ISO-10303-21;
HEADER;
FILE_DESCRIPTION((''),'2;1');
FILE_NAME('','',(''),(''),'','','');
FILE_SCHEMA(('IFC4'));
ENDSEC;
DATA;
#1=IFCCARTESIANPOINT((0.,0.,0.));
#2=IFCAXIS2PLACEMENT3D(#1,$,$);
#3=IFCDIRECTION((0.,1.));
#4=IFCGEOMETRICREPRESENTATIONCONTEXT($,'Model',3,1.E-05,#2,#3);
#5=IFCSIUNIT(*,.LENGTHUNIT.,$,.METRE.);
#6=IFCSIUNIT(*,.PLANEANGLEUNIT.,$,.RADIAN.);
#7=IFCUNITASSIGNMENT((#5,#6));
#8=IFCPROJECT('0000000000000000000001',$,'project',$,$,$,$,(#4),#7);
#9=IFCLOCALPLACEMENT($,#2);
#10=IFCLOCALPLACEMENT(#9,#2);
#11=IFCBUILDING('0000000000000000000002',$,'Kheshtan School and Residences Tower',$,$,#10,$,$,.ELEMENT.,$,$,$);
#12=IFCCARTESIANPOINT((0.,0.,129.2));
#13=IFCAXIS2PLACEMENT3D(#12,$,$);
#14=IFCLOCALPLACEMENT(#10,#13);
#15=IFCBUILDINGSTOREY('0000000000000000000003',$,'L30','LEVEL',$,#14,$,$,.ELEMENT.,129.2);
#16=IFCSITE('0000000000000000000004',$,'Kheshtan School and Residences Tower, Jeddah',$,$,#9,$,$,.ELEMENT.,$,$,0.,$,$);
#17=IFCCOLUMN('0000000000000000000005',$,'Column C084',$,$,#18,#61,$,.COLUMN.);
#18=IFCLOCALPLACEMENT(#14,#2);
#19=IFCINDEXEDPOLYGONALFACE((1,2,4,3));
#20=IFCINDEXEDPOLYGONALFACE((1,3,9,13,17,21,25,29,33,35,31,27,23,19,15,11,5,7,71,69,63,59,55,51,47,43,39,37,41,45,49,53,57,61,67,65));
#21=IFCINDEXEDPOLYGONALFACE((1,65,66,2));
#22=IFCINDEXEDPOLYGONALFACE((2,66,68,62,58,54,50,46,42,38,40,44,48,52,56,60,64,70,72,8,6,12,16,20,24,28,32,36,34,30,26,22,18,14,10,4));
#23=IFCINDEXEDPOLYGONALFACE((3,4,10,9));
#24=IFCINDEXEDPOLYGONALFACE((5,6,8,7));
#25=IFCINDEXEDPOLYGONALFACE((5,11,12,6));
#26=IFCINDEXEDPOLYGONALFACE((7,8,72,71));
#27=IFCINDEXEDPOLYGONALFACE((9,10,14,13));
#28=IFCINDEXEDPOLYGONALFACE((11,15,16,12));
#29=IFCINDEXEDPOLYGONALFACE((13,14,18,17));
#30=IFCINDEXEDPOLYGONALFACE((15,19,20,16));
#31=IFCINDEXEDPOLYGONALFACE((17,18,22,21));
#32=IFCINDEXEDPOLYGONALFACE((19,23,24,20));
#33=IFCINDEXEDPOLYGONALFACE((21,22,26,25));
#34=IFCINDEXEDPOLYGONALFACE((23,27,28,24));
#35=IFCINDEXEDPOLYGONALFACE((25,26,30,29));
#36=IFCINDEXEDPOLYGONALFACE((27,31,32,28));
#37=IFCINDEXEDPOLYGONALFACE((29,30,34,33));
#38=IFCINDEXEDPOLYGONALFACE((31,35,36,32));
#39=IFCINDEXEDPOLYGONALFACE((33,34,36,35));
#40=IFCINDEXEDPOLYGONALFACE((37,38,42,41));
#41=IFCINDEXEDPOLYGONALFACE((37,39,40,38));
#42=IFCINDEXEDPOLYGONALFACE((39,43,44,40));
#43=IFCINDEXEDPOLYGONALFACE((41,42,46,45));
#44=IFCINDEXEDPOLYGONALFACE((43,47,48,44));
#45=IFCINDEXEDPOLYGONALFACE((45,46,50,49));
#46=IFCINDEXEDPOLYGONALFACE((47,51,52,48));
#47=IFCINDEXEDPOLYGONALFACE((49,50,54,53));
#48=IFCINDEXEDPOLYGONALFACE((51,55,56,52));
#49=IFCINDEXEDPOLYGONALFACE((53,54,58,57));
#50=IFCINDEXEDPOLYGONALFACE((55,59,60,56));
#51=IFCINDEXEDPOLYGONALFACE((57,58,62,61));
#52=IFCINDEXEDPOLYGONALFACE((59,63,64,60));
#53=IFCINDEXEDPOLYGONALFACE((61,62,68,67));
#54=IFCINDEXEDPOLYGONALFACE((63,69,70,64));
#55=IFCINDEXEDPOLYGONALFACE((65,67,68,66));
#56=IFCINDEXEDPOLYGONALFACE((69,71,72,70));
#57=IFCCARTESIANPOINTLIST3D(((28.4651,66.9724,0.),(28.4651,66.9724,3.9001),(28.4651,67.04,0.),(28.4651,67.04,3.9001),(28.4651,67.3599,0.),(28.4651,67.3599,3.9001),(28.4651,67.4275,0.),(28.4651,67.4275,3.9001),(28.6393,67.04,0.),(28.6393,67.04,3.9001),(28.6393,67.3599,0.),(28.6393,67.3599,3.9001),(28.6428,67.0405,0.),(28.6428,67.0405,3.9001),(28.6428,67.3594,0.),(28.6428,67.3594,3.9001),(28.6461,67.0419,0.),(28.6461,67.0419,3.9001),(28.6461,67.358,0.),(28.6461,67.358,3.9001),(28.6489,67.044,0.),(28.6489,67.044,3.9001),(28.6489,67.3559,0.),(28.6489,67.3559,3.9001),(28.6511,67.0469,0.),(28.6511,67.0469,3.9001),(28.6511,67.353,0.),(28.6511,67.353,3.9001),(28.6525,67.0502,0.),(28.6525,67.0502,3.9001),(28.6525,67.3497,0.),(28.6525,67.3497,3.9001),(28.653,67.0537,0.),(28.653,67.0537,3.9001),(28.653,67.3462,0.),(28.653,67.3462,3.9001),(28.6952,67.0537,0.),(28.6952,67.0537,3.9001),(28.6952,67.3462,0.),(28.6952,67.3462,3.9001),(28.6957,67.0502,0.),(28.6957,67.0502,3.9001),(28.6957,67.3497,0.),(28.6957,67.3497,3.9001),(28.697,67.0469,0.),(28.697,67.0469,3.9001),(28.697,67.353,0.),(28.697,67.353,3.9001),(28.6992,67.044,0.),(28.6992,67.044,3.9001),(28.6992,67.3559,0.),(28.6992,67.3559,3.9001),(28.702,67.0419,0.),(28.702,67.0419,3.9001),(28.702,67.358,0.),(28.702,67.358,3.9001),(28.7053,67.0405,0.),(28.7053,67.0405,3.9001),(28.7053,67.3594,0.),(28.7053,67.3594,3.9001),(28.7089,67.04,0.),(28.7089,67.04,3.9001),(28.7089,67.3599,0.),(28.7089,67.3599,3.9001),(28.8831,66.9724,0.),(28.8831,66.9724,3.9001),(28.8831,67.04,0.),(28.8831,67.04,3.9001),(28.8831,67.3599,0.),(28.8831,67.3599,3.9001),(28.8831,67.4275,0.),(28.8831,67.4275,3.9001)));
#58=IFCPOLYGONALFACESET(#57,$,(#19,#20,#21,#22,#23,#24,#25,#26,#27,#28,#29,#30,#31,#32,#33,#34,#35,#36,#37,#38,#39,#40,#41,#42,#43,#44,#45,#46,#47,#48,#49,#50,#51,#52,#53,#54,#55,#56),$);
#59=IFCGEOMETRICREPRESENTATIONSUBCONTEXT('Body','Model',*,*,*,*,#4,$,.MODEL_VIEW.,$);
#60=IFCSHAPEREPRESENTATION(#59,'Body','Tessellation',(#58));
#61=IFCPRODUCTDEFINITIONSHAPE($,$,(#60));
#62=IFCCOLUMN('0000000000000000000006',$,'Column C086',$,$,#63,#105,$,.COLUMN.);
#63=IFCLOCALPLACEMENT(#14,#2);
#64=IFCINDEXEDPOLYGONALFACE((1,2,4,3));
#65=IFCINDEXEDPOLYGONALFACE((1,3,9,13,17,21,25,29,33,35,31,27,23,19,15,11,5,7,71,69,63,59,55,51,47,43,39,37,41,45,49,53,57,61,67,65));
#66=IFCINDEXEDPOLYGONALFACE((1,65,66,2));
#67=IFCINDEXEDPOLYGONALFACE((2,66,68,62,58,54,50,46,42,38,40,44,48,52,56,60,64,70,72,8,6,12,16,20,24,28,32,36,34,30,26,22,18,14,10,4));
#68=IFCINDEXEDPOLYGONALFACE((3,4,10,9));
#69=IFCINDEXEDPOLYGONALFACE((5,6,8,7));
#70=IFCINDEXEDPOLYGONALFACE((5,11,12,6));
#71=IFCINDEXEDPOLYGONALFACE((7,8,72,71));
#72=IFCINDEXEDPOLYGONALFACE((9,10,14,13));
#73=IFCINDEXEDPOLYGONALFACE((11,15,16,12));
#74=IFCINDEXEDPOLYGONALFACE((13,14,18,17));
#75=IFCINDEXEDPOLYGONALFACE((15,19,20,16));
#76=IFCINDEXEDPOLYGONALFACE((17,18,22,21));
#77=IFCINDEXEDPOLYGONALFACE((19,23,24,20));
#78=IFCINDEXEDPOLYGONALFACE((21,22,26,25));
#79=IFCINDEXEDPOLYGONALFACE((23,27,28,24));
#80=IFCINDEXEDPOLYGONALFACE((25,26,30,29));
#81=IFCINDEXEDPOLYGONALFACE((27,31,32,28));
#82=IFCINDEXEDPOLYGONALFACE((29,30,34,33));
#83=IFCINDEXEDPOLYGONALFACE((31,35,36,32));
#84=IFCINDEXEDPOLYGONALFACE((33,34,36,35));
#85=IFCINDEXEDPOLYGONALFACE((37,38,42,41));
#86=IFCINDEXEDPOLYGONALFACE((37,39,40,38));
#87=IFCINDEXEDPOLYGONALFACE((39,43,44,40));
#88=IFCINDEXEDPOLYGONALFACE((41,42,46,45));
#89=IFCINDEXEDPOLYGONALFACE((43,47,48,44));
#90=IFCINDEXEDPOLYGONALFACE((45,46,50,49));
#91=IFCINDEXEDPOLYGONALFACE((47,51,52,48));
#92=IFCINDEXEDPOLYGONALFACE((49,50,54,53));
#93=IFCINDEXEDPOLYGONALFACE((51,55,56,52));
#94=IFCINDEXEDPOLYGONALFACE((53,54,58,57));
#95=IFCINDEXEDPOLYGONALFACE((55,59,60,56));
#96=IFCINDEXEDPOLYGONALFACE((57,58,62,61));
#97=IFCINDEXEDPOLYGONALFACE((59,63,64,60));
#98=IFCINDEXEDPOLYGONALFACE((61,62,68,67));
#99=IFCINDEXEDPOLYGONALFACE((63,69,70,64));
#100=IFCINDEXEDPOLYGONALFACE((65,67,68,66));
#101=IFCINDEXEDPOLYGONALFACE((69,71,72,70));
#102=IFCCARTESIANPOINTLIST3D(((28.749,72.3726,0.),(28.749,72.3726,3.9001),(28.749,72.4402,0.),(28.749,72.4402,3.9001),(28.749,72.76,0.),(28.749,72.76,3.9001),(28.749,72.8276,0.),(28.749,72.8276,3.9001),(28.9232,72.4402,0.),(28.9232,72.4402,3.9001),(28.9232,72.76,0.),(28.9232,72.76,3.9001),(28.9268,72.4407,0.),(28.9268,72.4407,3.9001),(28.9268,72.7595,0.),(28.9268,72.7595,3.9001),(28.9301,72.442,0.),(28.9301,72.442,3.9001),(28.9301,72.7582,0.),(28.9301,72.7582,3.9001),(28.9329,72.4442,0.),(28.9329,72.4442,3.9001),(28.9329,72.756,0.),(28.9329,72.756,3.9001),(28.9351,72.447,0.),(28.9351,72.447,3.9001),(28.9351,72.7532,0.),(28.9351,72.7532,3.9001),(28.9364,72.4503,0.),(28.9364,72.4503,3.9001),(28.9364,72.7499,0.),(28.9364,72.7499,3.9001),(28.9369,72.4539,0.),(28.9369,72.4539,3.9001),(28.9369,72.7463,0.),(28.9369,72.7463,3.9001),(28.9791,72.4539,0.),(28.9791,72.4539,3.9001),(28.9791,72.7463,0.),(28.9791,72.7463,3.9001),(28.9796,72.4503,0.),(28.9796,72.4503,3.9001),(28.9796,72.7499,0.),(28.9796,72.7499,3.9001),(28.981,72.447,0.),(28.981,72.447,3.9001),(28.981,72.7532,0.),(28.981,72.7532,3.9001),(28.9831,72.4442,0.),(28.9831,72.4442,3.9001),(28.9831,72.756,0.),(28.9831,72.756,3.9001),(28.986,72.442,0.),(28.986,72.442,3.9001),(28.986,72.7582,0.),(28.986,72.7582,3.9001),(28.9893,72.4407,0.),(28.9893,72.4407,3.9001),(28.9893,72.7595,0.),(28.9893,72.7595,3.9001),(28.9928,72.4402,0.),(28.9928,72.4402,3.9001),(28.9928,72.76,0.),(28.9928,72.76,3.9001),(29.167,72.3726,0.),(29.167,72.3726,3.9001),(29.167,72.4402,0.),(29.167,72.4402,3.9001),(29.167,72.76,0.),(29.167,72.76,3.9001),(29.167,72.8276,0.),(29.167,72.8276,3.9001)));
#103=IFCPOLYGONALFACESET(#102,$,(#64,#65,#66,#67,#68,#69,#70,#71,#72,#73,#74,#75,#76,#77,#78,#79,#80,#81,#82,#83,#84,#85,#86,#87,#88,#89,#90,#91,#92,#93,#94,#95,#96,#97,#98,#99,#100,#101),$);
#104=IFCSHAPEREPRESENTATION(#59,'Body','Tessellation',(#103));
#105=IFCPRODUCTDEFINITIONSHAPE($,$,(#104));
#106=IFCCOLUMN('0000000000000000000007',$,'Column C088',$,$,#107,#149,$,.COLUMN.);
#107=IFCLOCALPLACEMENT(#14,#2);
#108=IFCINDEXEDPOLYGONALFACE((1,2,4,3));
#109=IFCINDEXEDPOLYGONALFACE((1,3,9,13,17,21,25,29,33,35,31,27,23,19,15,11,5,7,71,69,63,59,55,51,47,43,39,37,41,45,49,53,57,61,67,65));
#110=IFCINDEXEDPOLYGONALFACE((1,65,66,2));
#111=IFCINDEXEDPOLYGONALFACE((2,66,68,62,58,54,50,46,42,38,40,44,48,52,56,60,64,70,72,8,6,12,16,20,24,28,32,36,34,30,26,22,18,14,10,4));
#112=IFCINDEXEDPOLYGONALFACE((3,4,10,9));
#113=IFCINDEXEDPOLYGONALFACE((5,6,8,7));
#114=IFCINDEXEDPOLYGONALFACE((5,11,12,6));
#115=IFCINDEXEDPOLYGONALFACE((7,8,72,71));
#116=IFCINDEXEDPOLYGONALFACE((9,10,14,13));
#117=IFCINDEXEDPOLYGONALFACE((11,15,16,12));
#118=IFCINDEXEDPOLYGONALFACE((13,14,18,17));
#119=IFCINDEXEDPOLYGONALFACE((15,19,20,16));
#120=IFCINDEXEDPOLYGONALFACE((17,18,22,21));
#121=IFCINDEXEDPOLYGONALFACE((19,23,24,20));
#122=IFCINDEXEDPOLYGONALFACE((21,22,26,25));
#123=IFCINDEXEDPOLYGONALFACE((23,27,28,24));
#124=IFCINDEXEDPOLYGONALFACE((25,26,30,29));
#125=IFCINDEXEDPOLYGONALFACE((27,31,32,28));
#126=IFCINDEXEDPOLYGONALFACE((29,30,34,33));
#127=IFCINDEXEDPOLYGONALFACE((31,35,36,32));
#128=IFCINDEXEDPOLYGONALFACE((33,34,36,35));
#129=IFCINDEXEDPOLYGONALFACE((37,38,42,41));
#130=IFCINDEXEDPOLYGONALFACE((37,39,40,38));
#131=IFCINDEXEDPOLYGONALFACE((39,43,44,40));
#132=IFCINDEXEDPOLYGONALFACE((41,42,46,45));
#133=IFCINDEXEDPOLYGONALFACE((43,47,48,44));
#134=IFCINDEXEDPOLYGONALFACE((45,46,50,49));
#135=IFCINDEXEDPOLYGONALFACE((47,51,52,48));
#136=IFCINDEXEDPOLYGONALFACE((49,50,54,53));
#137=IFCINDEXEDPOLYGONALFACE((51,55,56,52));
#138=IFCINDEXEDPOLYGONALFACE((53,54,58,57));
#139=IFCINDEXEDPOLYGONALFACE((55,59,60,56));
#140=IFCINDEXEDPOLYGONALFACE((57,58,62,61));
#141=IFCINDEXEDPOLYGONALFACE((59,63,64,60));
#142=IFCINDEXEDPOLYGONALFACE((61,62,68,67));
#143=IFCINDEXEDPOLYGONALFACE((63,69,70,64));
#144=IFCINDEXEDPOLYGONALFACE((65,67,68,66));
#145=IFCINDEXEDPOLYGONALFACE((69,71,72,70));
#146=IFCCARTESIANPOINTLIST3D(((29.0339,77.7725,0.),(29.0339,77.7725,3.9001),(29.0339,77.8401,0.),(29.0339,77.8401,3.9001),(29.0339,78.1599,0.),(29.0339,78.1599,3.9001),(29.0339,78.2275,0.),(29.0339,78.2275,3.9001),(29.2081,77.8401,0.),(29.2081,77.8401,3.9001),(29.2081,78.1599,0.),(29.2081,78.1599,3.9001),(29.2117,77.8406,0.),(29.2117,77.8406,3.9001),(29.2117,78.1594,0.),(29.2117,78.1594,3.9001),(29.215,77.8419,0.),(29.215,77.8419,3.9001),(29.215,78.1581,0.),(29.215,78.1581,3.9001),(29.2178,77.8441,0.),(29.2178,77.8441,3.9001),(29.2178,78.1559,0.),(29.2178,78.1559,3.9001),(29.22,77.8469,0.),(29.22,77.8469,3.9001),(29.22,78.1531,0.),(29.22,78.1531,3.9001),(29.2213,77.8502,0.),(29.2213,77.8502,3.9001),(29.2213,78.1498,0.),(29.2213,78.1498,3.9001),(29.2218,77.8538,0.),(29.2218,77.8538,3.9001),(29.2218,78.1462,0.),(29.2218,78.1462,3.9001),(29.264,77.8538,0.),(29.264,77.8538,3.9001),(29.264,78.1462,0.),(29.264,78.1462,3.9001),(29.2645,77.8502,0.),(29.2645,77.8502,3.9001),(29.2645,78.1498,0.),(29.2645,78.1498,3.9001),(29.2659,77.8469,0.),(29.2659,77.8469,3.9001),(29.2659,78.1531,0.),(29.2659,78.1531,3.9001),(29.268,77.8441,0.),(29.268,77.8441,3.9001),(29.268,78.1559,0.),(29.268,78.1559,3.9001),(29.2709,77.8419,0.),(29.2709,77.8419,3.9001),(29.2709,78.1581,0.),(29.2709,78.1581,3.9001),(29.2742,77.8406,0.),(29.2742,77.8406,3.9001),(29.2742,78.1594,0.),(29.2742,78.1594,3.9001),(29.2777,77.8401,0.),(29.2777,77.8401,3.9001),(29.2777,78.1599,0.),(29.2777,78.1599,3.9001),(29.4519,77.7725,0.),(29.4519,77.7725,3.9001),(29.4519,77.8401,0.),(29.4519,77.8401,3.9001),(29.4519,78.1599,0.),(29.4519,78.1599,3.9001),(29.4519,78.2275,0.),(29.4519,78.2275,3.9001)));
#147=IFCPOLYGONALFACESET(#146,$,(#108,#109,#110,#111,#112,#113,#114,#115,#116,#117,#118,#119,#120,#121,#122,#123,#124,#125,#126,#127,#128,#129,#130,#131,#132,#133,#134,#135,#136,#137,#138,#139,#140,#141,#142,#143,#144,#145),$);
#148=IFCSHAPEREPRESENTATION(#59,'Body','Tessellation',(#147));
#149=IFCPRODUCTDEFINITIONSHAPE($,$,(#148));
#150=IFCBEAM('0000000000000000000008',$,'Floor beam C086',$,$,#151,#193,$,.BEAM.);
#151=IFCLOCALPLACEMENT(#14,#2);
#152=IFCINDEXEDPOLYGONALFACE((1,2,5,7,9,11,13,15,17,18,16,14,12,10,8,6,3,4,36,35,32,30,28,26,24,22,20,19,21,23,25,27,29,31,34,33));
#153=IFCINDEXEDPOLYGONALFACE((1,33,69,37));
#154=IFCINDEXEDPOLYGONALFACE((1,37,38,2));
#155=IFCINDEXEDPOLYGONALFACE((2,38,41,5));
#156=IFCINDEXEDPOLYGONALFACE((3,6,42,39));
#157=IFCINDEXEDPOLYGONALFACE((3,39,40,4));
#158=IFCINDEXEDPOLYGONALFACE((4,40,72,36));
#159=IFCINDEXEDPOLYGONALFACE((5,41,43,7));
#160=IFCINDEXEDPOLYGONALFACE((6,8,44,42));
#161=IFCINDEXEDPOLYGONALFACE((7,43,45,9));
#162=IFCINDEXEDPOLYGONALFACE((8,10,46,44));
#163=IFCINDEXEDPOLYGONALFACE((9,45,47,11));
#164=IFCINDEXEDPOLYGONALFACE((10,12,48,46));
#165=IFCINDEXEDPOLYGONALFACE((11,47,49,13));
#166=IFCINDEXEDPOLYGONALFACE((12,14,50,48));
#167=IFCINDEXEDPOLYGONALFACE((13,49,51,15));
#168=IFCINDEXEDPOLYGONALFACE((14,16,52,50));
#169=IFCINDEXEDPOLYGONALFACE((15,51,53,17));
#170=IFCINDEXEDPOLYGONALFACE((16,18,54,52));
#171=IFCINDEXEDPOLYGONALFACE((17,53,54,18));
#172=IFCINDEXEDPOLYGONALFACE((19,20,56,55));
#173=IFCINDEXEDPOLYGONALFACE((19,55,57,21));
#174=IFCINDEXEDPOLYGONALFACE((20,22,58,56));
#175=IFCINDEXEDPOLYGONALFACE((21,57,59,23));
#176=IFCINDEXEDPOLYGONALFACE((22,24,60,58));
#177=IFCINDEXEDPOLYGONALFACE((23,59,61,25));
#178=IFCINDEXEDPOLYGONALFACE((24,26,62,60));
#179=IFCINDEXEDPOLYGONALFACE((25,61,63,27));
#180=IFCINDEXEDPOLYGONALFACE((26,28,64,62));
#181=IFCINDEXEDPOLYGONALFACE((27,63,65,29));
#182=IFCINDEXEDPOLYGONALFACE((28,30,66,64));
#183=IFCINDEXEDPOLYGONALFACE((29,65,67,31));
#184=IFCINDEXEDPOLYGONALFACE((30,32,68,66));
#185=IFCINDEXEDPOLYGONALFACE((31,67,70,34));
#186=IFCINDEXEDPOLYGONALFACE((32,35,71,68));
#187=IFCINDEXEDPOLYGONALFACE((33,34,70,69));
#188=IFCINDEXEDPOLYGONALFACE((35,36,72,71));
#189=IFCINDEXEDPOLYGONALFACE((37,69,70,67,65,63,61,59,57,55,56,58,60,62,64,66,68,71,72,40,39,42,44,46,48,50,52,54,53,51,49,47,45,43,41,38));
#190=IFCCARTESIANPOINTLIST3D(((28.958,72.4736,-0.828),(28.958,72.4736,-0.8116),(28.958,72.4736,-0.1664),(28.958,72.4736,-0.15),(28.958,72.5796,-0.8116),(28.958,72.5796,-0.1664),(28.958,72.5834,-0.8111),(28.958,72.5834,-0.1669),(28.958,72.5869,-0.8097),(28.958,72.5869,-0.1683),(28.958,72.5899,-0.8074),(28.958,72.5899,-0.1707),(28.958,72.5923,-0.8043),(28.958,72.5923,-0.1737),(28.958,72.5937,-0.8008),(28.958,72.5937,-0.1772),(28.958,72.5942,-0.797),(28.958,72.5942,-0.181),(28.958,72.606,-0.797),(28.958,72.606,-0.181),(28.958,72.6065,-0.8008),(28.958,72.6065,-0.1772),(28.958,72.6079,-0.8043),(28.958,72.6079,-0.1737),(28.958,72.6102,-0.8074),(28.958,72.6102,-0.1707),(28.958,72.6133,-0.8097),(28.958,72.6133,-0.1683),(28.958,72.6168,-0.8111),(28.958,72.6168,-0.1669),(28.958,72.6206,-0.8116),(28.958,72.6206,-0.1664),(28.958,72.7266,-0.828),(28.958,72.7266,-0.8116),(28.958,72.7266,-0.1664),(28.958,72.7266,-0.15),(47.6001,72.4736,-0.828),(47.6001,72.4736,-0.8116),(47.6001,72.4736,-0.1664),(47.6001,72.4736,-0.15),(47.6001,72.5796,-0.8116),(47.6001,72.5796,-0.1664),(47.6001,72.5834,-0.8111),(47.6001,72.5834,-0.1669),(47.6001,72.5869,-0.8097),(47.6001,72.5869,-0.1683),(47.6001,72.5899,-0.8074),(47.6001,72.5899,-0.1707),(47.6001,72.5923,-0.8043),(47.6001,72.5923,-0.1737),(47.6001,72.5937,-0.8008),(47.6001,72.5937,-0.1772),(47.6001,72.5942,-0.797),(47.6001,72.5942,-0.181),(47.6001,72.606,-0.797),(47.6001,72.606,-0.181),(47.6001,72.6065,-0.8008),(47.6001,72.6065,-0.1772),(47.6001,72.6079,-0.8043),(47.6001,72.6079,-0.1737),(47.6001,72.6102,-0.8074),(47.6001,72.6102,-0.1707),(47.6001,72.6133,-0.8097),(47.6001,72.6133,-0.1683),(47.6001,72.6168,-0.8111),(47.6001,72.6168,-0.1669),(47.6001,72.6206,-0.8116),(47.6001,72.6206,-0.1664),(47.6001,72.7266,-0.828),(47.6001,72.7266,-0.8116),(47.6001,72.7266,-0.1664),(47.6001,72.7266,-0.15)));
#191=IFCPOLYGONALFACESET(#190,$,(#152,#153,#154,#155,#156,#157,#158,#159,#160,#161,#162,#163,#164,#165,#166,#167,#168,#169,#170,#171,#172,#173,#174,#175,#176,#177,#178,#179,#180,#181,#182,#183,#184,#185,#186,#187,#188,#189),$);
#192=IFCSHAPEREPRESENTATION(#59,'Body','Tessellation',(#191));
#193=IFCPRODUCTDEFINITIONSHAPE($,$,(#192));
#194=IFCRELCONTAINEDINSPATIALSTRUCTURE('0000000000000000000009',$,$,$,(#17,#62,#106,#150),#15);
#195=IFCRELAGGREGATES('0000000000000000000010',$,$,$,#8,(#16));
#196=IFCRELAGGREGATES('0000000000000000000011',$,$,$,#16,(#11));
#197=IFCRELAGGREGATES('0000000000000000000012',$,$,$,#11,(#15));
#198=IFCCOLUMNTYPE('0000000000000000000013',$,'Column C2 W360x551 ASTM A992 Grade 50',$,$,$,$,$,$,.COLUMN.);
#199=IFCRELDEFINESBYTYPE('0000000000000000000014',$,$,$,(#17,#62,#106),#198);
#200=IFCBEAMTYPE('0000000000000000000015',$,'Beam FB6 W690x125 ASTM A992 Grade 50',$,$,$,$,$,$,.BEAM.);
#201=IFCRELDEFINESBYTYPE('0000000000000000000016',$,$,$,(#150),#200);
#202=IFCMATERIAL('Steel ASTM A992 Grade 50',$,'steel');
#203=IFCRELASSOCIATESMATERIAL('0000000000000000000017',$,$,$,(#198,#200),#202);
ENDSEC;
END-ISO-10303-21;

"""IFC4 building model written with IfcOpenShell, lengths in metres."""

from ifc_helpers import new_model, si_unit, direction, frame, origin, origin_2d, place, context, subcontext, project, spatial, i_section, extrude, material, material_profile, profile_set, type_object, element, save


model = new_model("IFC4")

# Units and contexts
model_context = context("Model", 3, precision=1e-05, world=origin(), true_north=direction((0.0, 1.0)))
body_context = subcontext(model_context, "Body", "Model", "MODEL_VIEW")
ifc_project = project(units=[si_unit("LENGTHUNIT", "METRE"), si_unit("PLANEANGLEUNIT", "RADIAN")], contexts=[model_context])

# Site, building, storey
site_placement = place(None, origin())
site = spatial("IfcSite", under=ifc_project, at=site_placement, Name="Kheshtan School and Residences Tower, Jeddah", CompositionType="ELEMENT", RefElevation=0.0)
building_placement = place(site_placement, origin())
building = spatial("IfcBuilding", under=site, at=building_placement, Name="Kheshtan School and Residences Tower", CompositionType="ELEMENT")
storey_placement = place(building_placement, frame((0.0, 0.0, 129.2)))
storey = spatial("IfcBuildingStorey", under=building, at=storey_placement, Name="L30", Description="LEVEL", CompositionType="ELEMENT", Elevation=129.2)

# Columns
ifc_material_1 = material(Name="Steel ASTM A992 Grade 50", Category="steel")
ifc_material_profile_1 = material_profile(ifc_material_1, i_section(OverallWidth=0.418, OverallDepth=0.4551, WebThickness=0.0422, FlangeThickness=0.0676, FilletRadius=0.0137, at=origin_2d()), Name="W360x551")
ifc_profile_set_1 = profile_set([ifc_material_profile_1], Name="Steel ASTM A992 Grade 50")
column_type = type_object("IfcColumnType", Name="Column C2 W360x551 ASTM A992 Grade 50", PredefinedType="COLUMN", material=ifc_profile_set_1)
for number, where, z_axis, x_axis, name in (
    (1, (28.6741, 67.2, 0.0), (0.0, 0.0, 1.0), (1.0, 0.0, 0.0), "Column C084"),
    (2, (28.958, 72.6001, 0.0), (0.0, 0.0, 1.0), (1.0, 0.0, 0.0), "Column C086"),
    (3, (29.2429, 78.0, 0.0), (0.0, 0.0, 1.0), (1.0, 0.0, 0.0), "Column C088"),
):
    element("IfcColumn", number, at=place(storey_placement, frame(where, z_axis=z_axis, x_axis=x_axis)), inside=storey, type_object=column_type, Name=name, PredefinedType="COLUMN", context=body_context, shape_type="SweptSolid", body=[
        extrude(i_section(OverallWidth=0.418, OverallDepth=0.4551, WebThickness=0.0422, FlangeThickness=0.0676, FilletRadius=0.0137, at=origin_2d()), origin(), (0.0, 0.0, 1.0), 3.9001),
    ])

# Beam
ifc_material_profile_2 = material_profile(ifc_material_1, i_section(OverallWidth=0.2529, OverallDepth=0.678, WebThickness=0.0117, FlangeThickness=0.0164, FilletRadius=0.0146, at=origin_2d()), Name="W690x125")
ifc_profile_set_2 = profile_set([ifc_material_profile_2], Name="Steel ASTM A992 Grade 50")
beam_type_1 = type_object("IfcBeamType", Name="Beam FB6 W690x125 ASTM A992 Grade 50", PredefinedType="BEAM", material=ifc_profile_set_2)
beam_1_placement = place(storey_placement, frame((28.958, 72.6001, -0.489), z_axis=(1.0, 0.0, 0.0), x_axis=(0.0, 1.0, 0.0)))
element("IfcBeam", 4, at=beam_1_placement, inside=storey, type_object=beam_type_1, Name="Floor beam C086", PredefinedType="BEAM", context=body_context, shape_type="SweptSolid", body=[
    extrude(i_section(OverallWidth=0.2529, OverallDepth=0.678, WebThickness=0.0117, FlangeThickness=0.0164, FilletRadius=0.0146, at=origin_2d()), origin(), (0.0, 0.0, 1.0), 18.6421),
])

save(model, "model.ifc")
